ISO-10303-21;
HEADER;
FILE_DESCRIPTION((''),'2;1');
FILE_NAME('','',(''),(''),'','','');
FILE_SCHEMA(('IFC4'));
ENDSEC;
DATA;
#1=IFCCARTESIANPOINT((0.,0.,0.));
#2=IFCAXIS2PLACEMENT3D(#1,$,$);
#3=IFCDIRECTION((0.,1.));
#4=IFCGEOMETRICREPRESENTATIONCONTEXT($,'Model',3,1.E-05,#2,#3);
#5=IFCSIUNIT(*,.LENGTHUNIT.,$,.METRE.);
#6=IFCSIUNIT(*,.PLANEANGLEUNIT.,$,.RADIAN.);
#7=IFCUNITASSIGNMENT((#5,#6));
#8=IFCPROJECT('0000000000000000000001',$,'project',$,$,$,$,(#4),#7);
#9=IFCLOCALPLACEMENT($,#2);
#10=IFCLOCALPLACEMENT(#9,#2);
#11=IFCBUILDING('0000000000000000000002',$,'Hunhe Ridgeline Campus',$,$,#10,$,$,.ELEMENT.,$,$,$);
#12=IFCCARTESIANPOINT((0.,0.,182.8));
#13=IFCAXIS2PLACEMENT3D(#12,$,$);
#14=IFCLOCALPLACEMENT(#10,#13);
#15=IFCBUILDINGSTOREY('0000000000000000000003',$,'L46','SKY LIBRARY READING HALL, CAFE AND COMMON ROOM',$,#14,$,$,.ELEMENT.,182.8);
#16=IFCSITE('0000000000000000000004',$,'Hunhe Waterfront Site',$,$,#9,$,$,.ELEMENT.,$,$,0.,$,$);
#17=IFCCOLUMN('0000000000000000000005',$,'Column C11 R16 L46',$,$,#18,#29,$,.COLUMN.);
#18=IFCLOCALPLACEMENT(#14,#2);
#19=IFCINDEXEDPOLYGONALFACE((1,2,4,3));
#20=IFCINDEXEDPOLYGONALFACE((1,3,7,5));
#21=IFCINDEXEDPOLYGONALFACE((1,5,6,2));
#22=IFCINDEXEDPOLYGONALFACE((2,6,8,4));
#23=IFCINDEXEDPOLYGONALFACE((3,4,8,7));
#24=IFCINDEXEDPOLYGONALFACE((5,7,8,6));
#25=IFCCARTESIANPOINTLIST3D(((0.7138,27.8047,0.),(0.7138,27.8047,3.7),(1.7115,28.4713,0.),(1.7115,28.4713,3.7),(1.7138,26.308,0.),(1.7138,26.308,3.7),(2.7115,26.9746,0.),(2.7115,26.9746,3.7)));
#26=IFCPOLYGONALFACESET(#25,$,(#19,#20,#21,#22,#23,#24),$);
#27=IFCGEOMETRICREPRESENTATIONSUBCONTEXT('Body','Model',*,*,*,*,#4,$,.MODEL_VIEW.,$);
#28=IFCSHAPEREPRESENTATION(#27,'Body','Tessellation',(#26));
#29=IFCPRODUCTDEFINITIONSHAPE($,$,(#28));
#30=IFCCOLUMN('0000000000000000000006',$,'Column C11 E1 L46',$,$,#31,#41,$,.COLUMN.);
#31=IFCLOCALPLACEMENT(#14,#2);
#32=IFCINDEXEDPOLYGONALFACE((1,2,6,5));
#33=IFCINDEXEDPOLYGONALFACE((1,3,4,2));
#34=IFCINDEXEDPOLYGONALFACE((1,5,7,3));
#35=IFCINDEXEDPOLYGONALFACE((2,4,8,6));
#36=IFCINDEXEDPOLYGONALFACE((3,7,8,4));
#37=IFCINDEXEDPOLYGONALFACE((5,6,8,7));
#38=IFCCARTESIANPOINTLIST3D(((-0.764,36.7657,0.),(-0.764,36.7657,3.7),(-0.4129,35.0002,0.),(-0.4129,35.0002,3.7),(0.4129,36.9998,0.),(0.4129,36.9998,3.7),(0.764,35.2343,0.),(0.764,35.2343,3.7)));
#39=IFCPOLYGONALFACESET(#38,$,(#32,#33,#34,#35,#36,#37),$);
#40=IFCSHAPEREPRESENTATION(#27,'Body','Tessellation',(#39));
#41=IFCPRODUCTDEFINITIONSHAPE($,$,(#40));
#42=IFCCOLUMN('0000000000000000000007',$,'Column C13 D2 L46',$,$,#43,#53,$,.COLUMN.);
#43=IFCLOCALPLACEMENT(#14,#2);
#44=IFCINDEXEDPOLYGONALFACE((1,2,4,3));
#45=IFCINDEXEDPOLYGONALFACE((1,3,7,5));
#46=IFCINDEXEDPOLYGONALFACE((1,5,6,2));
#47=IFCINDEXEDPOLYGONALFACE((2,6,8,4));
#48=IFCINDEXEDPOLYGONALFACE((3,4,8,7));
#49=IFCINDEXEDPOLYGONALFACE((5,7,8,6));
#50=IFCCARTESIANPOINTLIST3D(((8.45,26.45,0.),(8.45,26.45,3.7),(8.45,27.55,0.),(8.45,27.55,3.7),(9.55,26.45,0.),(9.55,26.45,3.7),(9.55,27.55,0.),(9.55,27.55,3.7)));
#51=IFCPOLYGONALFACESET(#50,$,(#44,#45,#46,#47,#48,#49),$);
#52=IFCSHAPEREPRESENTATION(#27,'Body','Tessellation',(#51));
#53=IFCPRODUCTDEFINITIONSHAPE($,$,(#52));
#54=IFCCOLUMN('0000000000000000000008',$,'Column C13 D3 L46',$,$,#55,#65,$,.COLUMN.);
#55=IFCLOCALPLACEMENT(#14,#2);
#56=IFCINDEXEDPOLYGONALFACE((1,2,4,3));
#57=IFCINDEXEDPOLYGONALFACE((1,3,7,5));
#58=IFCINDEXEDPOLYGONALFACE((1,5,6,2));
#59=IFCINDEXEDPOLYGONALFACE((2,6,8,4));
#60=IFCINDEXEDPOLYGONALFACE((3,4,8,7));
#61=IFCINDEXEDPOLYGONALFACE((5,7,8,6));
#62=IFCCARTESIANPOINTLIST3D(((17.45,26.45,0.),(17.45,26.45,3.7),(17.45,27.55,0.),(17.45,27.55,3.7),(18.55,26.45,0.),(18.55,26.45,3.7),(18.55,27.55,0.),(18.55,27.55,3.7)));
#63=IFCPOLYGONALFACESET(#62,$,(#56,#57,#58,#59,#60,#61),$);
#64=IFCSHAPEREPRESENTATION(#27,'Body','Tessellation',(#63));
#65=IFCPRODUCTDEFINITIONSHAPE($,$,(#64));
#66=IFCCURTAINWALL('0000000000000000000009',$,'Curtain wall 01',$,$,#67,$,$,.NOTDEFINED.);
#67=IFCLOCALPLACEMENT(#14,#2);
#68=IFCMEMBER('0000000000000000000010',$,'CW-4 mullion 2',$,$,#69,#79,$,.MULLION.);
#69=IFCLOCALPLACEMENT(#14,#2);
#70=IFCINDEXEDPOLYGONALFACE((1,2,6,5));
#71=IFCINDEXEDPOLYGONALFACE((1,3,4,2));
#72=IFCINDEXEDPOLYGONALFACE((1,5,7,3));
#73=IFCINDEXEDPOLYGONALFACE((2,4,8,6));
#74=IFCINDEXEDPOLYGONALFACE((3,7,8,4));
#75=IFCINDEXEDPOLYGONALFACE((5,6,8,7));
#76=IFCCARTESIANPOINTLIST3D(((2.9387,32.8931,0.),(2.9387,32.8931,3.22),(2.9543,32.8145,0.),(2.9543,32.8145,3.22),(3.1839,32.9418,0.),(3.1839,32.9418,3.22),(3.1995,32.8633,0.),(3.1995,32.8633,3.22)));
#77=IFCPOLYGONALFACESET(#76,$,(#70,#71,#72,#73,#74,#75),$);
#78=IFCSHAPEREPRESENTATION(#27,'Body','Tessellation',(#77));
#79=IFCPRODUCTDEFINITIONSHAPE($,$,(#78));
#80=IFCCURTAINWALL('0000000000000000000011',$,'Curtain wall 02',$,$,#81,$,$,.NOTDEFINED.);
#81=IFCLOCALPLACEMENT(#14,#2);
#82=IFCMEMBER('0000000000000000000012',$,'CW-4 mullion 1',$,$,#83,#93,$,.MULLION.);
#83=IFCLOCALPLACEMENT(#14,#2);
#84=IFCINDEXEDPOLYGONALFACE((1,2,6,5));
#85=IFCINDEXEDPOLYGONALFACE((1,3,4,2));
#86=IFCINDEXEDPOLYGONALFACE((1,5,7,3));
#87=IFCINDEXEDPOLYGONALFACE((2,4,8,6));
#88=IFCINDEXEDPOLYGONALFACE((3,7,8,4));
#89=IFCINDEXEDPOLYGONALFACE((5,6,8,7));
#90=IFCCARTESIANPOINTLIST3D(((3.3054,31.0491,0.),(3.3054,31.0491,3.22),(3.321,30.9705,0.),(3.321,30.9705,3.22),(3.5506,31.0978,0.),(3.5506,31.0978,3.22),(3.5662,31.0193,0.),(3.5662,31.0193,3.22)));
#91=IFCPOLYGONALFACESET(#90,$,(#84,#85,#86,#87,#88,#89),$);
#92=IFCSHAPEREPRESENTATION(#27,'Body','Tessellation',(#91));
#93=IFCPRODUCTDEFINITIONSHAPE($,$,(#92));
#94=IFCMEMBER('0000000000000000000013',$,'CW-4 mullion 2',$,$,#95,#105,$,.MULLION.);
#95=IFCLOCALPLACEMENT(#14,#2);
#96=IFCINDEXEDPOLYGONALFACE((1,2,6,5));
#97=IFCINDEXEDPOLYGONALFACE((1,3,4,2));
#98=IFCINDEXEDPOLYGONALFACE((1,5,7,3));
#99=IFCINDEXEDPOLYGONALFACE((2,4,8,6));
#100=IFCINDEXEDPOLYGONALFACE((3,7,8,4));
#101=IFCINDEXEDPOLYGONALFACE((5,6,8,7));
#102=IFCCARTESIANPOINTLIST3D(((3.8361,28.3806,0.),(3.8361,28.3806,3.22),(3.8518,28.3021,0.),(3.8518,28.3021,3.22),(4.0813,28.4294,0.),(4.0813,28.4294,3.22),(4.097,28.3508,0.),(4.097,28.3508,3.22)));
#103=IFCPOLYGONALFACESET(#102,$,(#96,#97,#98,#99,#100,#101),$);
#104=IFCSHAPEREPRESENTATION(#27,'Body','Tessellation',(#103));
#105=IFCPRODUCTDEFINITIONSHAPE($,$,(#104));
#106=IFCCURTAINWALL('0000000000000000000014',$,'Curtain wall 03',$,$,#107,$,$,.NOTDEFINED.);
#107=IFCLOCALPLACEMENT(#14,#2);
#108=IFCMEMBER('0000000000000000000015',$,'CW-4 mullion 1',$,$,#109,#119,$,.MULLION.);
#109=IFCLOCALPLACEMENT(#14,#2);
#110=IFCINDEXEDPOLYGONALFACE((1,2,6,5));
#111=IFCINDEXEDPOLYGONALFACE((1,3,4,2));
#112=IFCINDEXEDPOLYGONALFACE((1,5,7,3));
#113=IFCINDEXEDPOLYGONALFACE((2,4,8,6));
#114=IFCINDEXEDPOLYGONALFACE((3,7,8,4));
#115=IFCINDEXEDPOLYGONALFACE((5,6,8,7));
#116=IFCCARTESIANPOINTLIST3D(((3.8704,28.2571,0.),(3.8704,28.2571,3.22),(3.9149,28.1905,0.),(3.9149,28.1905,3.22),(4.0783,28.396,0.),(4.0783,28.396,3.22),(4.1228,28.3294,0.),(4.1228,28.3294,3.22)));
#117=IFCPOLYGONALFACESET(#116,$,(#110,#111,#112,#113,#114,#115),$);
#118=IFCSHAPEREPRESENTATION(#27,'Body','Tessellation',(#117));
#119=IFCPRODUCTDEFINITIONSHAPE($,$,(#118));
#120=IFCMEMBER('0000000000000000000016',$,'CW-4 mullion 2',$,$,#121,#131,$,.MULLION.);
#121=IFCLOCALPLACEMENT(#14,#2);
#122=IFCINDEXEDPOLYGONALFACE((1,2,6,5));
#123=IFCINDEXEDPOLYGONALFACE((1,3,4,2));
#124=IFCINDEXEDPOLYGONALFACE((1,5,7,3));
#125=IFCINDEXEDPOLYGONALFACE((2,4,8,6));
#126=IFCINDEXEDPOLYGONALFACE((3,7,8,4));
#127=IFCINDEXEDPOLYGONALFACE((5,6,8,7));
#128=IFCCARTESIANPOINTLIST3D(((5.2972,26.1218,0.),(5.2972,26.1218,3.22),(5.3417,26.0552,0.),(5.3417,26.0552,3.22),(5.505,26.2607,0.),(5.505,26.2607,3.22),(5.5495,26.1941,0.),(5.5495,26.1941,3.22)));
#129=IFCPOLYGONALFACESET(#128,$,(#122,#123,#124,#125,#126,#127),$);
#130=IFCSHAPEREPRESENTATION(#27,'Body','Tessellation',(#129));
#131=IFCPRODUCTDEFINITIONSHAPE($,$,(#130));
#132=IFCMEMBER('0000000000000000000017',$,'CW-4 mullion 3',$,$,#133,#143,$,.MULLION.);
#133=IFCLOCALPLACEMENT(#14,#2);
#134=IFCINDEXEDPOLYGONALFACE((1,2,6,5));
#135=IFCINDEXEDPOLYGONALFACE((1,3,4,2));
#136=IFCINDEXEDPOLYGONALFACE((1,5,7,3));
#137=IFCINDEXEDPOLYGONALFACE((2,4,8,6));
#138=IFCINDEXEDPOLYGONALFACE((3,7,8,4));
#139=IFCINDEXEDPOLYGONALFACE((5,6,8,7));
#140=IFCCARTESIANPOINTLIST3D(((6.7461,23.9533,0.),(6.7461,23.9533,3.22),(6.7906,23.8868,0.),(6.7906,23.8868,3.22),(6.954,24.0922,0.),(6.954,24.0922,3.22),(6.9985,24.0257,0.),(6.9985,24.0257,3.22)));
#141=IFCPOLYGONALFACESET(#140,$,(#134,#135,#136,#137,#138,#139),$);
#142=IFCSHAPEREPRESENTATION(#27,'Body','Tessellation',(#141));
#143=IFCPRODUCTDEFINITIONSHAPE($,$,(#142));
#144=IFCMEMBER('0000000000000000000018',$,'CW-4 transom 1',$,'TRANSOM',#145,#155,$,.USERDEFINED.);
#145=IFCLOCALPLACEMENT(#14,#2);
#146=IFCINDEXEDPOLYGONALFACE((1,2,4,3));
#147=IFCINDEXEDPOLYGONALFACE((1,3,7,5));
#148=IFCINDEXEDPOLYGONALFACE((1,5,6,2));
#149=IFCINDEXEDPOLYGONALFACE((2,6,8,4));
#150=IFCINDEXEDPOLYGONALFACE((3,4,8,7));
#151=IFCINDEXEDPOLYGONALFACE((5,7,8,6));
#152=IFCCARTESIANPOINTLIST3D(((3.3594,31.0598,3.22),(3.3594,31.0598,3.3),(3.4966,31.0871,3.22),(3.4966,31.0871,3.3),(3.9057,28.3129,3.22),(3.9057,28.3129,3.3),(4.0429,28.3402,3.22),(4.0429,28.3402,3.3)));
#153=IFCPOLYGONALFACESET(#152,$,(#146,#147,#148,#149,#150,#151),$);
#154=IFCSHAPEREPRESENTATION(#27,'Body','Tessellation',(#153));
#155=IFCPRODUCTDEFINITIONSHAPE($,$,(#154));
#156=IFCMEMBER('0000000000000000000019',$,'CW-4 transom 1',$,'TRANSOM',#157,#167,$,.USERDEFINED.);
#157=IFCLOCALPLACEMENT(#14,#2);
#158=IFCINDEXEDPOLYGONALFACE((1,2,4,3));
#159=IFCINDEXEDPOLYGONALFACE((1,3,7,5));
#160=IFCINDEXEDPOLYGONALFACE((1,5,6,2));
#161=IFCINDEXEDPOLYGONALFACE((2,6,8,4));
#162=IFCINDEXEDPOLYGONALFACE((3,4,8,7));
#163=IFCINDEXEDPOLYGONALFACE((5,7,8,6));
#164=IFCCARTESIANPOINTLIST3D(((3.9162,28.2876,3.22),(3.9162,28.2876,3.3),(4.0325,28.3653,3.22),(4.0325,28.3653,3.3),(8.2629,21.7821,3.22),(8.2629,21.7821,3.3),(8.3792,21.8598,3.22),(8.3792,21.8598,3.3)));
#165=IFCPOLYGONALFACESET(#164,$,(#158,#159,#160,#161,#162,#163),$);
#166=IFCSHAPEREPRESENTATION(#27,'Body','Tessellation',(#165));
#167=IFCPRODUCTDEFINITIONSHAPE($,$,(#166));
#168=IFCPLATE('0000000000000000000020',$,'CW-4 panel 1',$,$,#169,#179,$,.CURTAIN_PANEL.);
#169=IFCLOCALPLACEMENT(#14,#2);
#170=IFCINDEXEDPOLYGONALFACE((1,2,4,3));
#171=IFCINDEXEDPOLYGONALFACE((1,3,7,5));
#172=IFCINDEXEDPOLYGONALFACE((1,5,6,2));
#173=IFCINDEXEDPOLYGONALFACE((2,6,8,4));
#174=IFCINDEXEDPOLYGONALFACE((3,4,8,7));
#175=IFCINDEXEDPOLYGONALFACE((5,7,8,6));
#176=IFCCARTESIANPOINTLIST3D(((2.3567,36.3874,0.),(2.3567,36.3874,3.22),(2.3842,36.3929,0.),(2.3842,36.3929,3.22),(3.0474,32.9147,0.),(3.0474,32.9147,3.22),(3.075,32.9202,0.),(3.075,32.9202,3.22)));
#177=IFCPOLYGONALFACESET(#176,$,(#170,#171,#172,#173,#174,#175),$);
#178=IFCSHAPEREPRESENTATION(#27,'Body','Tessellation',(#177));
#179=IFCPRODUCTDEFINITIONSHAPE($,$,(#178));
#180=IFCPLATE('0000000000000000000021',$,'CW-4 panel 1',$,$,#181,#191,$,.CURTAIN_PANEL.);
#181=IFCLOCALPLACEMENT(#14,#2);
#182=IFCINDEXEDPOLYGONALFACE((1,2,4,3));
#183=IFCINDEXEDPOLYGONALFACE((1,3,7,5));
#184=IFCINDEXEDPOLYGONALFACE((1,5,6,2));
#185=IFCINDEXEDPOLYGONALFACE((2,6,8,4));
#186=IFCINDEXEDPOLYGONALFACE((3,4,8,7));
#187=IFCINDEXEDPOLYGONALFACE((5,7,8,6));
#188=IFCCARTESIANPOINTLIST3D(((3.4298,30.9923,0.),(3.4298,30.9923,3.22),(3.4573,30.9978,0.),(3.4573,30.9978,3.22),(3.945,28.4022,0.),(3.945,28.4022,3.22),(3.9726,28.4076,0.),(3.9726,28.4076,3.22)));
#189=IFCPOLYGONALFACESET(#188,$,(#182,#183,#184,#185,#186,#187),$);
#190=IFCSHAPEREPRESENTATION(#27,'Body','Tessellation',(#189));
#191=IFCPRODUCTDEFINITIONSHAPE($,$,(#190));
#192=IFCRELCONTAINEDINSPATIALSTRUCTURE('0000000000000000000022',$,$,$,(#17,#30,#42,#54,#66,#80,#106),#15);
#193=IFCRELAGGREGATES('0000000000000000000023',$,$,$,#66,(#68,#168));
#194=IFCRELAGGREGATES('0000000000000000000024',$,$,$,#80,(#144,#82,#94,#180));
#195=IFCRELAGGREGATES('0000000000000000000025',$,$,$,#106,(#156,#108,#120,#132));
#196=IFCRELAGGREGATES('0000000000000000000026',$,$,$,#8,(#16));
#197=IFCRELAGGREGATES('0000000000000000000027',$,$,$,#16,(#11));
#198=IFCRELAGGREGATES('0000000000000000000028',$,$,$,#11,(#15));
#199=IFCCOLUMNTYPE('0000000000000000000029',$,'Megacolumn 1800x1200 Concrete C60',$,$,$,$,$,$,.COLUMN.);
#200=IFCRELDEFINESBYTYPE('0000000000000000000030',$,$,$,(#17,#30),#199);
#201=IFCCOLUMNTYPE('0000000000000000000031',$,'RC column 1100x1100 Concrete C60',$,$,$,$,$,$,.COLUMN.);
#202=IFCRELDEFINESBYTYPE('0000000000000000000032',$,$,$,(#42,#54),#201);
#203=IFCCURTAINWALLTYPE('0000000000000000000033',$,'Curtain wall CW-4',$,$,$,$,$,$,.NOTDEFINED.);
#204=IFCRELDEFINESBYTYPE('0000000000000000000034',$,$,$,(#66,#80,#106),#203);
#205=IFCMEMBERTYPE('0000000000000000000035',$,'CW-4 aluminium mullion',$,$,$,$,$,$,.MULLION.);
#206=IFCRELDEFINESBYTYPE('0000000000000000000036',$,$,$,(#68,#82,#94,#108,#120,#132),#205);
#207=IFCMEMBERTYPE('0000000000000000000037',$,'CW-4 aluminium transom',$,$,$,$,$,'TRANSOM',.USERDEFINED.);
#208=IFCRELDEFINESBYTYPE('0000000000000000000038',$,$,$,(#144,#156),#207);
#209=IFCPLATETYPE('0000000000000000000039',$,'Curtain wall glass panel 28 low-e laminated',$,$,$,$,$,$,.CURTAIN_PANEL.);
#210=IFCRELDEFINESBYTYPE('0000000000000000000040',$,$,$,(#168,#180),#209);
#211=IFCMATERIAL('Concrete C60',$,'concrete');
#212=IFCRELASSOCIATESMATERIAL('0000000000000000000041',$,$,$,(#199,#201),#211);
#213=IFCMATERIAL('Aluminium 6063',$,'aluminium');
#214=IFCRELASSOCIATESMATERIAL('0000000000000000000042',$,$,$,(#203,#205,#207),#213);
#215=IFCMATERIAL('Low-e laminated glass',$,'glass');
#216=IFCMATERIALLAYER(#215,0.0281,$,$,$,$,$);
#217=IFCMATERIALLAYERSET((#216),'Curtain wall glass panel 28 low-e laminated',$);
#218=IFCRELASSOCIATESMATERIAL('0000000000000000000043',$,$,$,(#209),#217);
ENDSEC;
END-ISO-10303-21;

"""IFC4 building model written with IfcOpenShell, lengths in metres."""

from ifc_helpers import new_model, si_unit, direction, frame, origin, origin_2d, place, context, subcontext, project, spatial, rectangle, extrude, material, layer, layer_set, material_profile, profile_set, type_object, element, aggregate, save


model = new_model("IFC4")

# Units and contexts
model_context = context("Model", 3, precision=1e-05, world=origin(), true_north=direction((0.0, 1.0)))
body_context = subcontext(model_context, "Body", "Model", "MODEL_VIEW")
ifc_project = project(units=[si_unit("LENGTHUNIT", "METRE"), si_unit("PLANEANGLEUNIT", "RADIAN")], contexts=[model_context])

# Site, building, storey
site_placement = place(None, origin())
site = spatial("IfcSite", under=ifc_project, at=site_placement, Name="Hunhe Waterfront Site", CompositionType="ELEMENT", RefElevation=0.0)
building_placement = place(site_placement, origin())
building = spatial("IfcBuilding", under=site, at=building_placement, Name="Hunhe Ridgeline Campus", CompositionType="ELEMENT")
storey_placement = place(building_placement, frame((0.0, 0.0, 182.8)))
storey = spatial("IfcBuildingStorey", under=building, at=storey_placement, Name="L46", Description="SKY LIBRARY READING HALL, CAFE AND COMMON ROOM", CompositionType="ELEMENT", Elevation=182.8)

# Columns
ifc_material_1 = material(Name="Concrete C60", Category="concrete")
ifc_material_profile_1 = material_profile(ifc_material_1, rectangle(XDim=1.8, YDim=1.2, at=origin_2d()))
ifc_profile_set_1 = profile_set([ifc_material_profile_1], Name="Concrete C60")
column_type_1 = type_object("IfcColumnType", Name="Megacolumn 1800x1200 Concrete C60", PredefinedType="COLUMN", material=ifc_profile_set_1)
for number, where, z_axis, x_axis, name in (
    (1, (1.7126, 27.3896, 0.0), (0.0, 0.0, 1.0), (-0.55557, 0.83147, 0.0), "Column C11 R16 L46"),
    (2, (0.0, 36.0, 0.0), (0.0, 0.0, 1.0), (-0.19509, 0.980785, 0.0), "Column C11 E1 L46"),
):
    element("IfcColumn", number, at=place(storey_placement, frame(where, z_axis=z_axis, x_axis=x_axis)), inside=storey, type_object=column_type_1, Name=name, PredefinedType="COLUMN", context=body_context, shape_type="SweptSolid", body=[
        extrude(rectangle(XDim=1.8, YDim=1.2, at=origin_2d()), origin(), (0.0, 0.0, 1.0), 3.7),
    ])
ifc_material_profile_2 = material_profile(ifc_material_1, rectangle(XDim=1.1001, YDim=1.1001, at=origin_2d()))
ifc_profile_set_2 = profile_set([ifc_material_profile_2], Name="Concrete C60")
column_type_2 = type_object("IfcColumnType", Name="RC column 1100x1100 Concrete C60", PredefinedType="COLUMN", material=ifc_profile_set_2)
for number, where, z_axis, x_axis, name in (
    (3, (9.0, 27.0, 0.0), (0.0, 0.0, 1.0), (1.0, 0.0, 0.0), "Column C13 D2 L46"),
    (4, (18.0, 27.0, 0.0), (0.0, 0.0, 1.0), (1.0, 0.0, 0.0), "Column C13 D3 L46"),
):
    element("IfcColumn", number, at=place(storey_placement, frame(where, z_axis=z_axis, x_axis=x_axis)), inside=storey, type_object=column_type_2, Name=name, PredefinedType="COLUMN", context=body_context, shape_type="SweptSolid", body=[
        extrude(rectangle(XDim=1.1001, YDim=1.1001, at=origin_2d()), origin(), (0.0, 0.0, 1.0), 3.7),
    ])

# Curtain wall, member
ifc_material_2 = material(Name="Aluminium 6063", Category="aluminium")
curtain_wall_type = type_object("IfcCurtainWallType", Name="Curtain wall CW-4", PredefinedType="NOTDEFINED", material=ifc_material_2)
curtain_wall_1_placement = place(storey_placement, origin())
curtain_wall_1 = element("IfcCurtainWall", 5, at=curtain_wall_1_placement, inside=storey, type_object=curtain_wall_type, Name="Curtain wall 01", PredefinedType="NOTDEFINED")
ifc_material_profile_3 = material_profile(ifc_material_2, rectangle(XDim=0.25, YDim=0.0801, at=origin_2d()))
ifc_profile_set_3 = profile_set([ifc_material_profile_3], Name="Aluminium 6063")
member_type_1 = type_object("IfcMemberType", Name="CW-4 aluminium mullion", PredefinedType="MULLION", material=ifc_profile_set_3)
member_1_placement = place(storey_placement, frame((3.0691, 32.8782, 0.0), z_axis=(0.0, 0.0, 1.0), x_axis=(0.980784, 0.195095, 0.0)))
member_1 = element("IfcMember", 6, at=member_1_placement, type_object=member_type_1, Name="CW-4 mullion 2", PredefinedType="MULLION", context=body_context, shape_type="SweptSolid", body=[
    extrude(rectangle(XDim=0.25, YDim=0.0801, at=origin_2d()), origin(), (0.0, 0.0, 1.0), 3.22),
])

# Curtain walls, members
curtain_wall_2_placement = place(storey_placement, origin())
curtain_wall_2 = element("IfcCurtainWall", 7, at=curtain_wall_2_placement, inside=storey, type_object=curtain_wall_type, Name="Curtain wall 02", PredefinedType="NOTDEFINED")
member_2_placement = place(storey_placement, frame((3.4358, 31.0342, 0.0), z_axis=(0.0, 0.0, 1.0), x_axis=(0.980784, 0.195095, 0.0)))
member_2 = element("IfcMember", 8, at=member_2_placement, type_object=member_type_1, Name="CW-4 mullion 1", PredefinedType="MULLION", context=body_context, shape_type="SweptSolid", body=[
    extrude(rectangle(XDim=0.25, YDim=0.0801, at=origin_2d()), origin(), (0.0, 0.0, 1.0), 3.22),
])
member_3_placement = place(storey_placement, frame((3.9666, 28.3657, 0.0), z_axis=(0.0, 0.0, 1.0), x_axis=(0.980784, 0.195095, 0.0)))
member_3 = element("IfcMember", 9, at=member_3_placement, type_object=member_type_1, Name="CW-4 mullion 2", PredefinedType="MULLION", context=body_context, shape_type="SweptSolid", body=[
    extrude(rectangle(XDim=0.25, YDim=0.0801, at=origin_2d()), origin(), (0.0, 0.0, 1.0), 3.22),
])
curtain_wall_3_placement = place(storey_placement, origin())
curtain_wall_3 = element("IfcCurtainWall", 10, at=curtain_wall_3_placement, inside=storey, type_object=curtain_wall_type, Name="Curtain wall 03", PredefinedType="NOTDEFINED")
member_4_placement = place(storey_placement, frame((3.9966, 28.2932, 0.0), z_axis=(0.0, 0.0, 1.0), x_axis=(0.83147, 0.55557, 0.0)))
member_4 = element("IfcMember", 11, at=member_4_placement, type_object=member_type_1, Name="CW-4 mullion 1", PredefinedType="MULLION", context=body_context, shape_type="SweptSolid", body=[
    extrude(rectangle(XDim=0.25, YDim=0.0801, at=origin_2d()), origin(), (0.0, 0.0, 1.0), 3.22),
])
member_5_placement = place(storey_placement, frame((5.4233, 26.158, 0.0), z_axis=(0.0, 0.0, 1.0), x_axis=(0.83147, 0.55557, 0.0)))
member_5 = element("IfcMember", 12, at=member_5_placement, type_object=member_type_1, Name="CW-4 mullion 2", PredefinedType="MULLION", context=body_context, shape_type="SweptSolid", body=[
    extrude(rectangle(XDim=0.25, YDim=0.0801, at=origin_2d()), origin(), (0.0, 0.0, 1.0), 3.22),
])
member_6_placement = place(storey_placement, frame((6.8723, 23.9895, 0.0), z_axis=(0.0, 0.0, 1.0), x_axis=(0.83147, 0.55557, 0.0)))
member_6 = element("IfcMember", 13, at=member_6_placement, type_object=member_type_1, Name="CW-4 mullion 3", PredefinedType="MULLION", context=body_context, shape_type="SweptSolid", body=[
    extrude(rectangle(XDim=0.25, YDim=0.0801, at=origin_2d()), origin(), (0.0, 0.0, 1.0), 3.22),
])

# Members
ifc_material_profile_4 = material_profile(ifc_material_2, rectangle(XDim=0.1399, YDim=0.0801, at=origin_2d()))
ifc_profile_set_4 = profile_set([ifc_material_profile_4], Name="Aluminium 6063")
member_type_2 = type_object("IfcMemberType", Name="CW-4 aluminium transom", ElementType="TRANSOM", PredefinedType="USERDEFINED", material=ifc_profile_set_4)
member_7_placement = place(storey_placement, frame((3.428, 31.0735, 3.26), z_axis=(0.195077, -0.980788, 0.0), x_axis=(0.980788, 0.195077, 0.0)))
member_7 = element("IfcMember", 14, at=member_7_placement, type_object=member_type_2, Name="CW-4 transom 1", ObjectType="TRANSOM", PredefinedType="USERDEFINED", context=body_context, shape_type="SweptSolid", body=[
    extrude(rectangle(XDim=0.1399, YDim=0.0801, at=origin_2d()), origin(), (0.0, 0.0, 1.0), 2.8008),
])
member_8_placement = place(storey_placement, frame((3.9744, 28.3264, 3.26), z_axis=(0.555564, -0.831474, 0.0), x_axis=(0.831474, 0.555564, 0.0)))
member_8 = element("IfcMember", 15, at=member_8_placement, type_object=member_type_2, Name="CW-4 transom 1", ObjectType="TRANSOM", PredefinedType="USERDEFINED", context=body_context, shape_type="SweptSolid", body=[
    extrude(rectangle(XDim=0.1399, YDim=0.0801, at=origin_2d()), origin(), (0.0, 0.0, 1.0), 7.824),
])

# Plates
ifc_material_3 = material(Name="Low-e laminated glass", Category="glass")
ifc_layer_1 = layer(ifc_material_3, 0.0281)
ifc_layer_set_1 = layer_set([ifc_layer_1], Name="Curtain wall glass panel 28 low-e laminated")
plate_type = type_object("IfcPlateType", Name="Curtain wall glass panel 28 low-e laminated", PredefinedType="CURTAIN_PANEL", material=ifc_layer_set_1)
plate_1_placement = place(storey_placement, frame((2.7158, 34.6538, 0.0), z_axis=(0.0, 0.0, 1.0), x_axis=(0.195095, -0.980784, 0.0)))
plate_1 = element("IfcPlate", 16, at=plate_1_placement, type_object=plate_type, Name="CW-4 panel 1", PredefinedType="CURTAIN_PANEL", context=body_context, shape_type="SweptSolid", body=[
    extrude(rectangle(XDim=3.5408, YDim=0.0281, at=origin_2d()), origin(), (0.0, 0.0, 1.0), 3.22),
])
aggregate(curtain_wall_1, [member_1, plate_1])
plate_2_placement = place(storey_placement, frame((3.7012, 29.7, 0.0), z_axis=(0.0, 0.0, 1.0), x_axis=(0.195095, -0.980784, 0.0)))
plate_2 = element("IfcPlate", 17, at=plate_2_placement, type_object=plate_type, Name="CW-4 panel 1", PredefinedType="CURTAIN_PANEL", context=body_context, shape_type="SweptSolid", body=[
    extrude(rectangle(XDim=2.6409, YDim=0.0281, at=origin_2d()), origin(), (0.0, 0.0, 1.0), 3.22),
])
aggregate(curtain_wall_2, [member_7, member_2, member_3, plate_2])
aggregate(curtain_wall_3, [member_8, member_4, member_5, member_6])

save(model, "model.ifc")
